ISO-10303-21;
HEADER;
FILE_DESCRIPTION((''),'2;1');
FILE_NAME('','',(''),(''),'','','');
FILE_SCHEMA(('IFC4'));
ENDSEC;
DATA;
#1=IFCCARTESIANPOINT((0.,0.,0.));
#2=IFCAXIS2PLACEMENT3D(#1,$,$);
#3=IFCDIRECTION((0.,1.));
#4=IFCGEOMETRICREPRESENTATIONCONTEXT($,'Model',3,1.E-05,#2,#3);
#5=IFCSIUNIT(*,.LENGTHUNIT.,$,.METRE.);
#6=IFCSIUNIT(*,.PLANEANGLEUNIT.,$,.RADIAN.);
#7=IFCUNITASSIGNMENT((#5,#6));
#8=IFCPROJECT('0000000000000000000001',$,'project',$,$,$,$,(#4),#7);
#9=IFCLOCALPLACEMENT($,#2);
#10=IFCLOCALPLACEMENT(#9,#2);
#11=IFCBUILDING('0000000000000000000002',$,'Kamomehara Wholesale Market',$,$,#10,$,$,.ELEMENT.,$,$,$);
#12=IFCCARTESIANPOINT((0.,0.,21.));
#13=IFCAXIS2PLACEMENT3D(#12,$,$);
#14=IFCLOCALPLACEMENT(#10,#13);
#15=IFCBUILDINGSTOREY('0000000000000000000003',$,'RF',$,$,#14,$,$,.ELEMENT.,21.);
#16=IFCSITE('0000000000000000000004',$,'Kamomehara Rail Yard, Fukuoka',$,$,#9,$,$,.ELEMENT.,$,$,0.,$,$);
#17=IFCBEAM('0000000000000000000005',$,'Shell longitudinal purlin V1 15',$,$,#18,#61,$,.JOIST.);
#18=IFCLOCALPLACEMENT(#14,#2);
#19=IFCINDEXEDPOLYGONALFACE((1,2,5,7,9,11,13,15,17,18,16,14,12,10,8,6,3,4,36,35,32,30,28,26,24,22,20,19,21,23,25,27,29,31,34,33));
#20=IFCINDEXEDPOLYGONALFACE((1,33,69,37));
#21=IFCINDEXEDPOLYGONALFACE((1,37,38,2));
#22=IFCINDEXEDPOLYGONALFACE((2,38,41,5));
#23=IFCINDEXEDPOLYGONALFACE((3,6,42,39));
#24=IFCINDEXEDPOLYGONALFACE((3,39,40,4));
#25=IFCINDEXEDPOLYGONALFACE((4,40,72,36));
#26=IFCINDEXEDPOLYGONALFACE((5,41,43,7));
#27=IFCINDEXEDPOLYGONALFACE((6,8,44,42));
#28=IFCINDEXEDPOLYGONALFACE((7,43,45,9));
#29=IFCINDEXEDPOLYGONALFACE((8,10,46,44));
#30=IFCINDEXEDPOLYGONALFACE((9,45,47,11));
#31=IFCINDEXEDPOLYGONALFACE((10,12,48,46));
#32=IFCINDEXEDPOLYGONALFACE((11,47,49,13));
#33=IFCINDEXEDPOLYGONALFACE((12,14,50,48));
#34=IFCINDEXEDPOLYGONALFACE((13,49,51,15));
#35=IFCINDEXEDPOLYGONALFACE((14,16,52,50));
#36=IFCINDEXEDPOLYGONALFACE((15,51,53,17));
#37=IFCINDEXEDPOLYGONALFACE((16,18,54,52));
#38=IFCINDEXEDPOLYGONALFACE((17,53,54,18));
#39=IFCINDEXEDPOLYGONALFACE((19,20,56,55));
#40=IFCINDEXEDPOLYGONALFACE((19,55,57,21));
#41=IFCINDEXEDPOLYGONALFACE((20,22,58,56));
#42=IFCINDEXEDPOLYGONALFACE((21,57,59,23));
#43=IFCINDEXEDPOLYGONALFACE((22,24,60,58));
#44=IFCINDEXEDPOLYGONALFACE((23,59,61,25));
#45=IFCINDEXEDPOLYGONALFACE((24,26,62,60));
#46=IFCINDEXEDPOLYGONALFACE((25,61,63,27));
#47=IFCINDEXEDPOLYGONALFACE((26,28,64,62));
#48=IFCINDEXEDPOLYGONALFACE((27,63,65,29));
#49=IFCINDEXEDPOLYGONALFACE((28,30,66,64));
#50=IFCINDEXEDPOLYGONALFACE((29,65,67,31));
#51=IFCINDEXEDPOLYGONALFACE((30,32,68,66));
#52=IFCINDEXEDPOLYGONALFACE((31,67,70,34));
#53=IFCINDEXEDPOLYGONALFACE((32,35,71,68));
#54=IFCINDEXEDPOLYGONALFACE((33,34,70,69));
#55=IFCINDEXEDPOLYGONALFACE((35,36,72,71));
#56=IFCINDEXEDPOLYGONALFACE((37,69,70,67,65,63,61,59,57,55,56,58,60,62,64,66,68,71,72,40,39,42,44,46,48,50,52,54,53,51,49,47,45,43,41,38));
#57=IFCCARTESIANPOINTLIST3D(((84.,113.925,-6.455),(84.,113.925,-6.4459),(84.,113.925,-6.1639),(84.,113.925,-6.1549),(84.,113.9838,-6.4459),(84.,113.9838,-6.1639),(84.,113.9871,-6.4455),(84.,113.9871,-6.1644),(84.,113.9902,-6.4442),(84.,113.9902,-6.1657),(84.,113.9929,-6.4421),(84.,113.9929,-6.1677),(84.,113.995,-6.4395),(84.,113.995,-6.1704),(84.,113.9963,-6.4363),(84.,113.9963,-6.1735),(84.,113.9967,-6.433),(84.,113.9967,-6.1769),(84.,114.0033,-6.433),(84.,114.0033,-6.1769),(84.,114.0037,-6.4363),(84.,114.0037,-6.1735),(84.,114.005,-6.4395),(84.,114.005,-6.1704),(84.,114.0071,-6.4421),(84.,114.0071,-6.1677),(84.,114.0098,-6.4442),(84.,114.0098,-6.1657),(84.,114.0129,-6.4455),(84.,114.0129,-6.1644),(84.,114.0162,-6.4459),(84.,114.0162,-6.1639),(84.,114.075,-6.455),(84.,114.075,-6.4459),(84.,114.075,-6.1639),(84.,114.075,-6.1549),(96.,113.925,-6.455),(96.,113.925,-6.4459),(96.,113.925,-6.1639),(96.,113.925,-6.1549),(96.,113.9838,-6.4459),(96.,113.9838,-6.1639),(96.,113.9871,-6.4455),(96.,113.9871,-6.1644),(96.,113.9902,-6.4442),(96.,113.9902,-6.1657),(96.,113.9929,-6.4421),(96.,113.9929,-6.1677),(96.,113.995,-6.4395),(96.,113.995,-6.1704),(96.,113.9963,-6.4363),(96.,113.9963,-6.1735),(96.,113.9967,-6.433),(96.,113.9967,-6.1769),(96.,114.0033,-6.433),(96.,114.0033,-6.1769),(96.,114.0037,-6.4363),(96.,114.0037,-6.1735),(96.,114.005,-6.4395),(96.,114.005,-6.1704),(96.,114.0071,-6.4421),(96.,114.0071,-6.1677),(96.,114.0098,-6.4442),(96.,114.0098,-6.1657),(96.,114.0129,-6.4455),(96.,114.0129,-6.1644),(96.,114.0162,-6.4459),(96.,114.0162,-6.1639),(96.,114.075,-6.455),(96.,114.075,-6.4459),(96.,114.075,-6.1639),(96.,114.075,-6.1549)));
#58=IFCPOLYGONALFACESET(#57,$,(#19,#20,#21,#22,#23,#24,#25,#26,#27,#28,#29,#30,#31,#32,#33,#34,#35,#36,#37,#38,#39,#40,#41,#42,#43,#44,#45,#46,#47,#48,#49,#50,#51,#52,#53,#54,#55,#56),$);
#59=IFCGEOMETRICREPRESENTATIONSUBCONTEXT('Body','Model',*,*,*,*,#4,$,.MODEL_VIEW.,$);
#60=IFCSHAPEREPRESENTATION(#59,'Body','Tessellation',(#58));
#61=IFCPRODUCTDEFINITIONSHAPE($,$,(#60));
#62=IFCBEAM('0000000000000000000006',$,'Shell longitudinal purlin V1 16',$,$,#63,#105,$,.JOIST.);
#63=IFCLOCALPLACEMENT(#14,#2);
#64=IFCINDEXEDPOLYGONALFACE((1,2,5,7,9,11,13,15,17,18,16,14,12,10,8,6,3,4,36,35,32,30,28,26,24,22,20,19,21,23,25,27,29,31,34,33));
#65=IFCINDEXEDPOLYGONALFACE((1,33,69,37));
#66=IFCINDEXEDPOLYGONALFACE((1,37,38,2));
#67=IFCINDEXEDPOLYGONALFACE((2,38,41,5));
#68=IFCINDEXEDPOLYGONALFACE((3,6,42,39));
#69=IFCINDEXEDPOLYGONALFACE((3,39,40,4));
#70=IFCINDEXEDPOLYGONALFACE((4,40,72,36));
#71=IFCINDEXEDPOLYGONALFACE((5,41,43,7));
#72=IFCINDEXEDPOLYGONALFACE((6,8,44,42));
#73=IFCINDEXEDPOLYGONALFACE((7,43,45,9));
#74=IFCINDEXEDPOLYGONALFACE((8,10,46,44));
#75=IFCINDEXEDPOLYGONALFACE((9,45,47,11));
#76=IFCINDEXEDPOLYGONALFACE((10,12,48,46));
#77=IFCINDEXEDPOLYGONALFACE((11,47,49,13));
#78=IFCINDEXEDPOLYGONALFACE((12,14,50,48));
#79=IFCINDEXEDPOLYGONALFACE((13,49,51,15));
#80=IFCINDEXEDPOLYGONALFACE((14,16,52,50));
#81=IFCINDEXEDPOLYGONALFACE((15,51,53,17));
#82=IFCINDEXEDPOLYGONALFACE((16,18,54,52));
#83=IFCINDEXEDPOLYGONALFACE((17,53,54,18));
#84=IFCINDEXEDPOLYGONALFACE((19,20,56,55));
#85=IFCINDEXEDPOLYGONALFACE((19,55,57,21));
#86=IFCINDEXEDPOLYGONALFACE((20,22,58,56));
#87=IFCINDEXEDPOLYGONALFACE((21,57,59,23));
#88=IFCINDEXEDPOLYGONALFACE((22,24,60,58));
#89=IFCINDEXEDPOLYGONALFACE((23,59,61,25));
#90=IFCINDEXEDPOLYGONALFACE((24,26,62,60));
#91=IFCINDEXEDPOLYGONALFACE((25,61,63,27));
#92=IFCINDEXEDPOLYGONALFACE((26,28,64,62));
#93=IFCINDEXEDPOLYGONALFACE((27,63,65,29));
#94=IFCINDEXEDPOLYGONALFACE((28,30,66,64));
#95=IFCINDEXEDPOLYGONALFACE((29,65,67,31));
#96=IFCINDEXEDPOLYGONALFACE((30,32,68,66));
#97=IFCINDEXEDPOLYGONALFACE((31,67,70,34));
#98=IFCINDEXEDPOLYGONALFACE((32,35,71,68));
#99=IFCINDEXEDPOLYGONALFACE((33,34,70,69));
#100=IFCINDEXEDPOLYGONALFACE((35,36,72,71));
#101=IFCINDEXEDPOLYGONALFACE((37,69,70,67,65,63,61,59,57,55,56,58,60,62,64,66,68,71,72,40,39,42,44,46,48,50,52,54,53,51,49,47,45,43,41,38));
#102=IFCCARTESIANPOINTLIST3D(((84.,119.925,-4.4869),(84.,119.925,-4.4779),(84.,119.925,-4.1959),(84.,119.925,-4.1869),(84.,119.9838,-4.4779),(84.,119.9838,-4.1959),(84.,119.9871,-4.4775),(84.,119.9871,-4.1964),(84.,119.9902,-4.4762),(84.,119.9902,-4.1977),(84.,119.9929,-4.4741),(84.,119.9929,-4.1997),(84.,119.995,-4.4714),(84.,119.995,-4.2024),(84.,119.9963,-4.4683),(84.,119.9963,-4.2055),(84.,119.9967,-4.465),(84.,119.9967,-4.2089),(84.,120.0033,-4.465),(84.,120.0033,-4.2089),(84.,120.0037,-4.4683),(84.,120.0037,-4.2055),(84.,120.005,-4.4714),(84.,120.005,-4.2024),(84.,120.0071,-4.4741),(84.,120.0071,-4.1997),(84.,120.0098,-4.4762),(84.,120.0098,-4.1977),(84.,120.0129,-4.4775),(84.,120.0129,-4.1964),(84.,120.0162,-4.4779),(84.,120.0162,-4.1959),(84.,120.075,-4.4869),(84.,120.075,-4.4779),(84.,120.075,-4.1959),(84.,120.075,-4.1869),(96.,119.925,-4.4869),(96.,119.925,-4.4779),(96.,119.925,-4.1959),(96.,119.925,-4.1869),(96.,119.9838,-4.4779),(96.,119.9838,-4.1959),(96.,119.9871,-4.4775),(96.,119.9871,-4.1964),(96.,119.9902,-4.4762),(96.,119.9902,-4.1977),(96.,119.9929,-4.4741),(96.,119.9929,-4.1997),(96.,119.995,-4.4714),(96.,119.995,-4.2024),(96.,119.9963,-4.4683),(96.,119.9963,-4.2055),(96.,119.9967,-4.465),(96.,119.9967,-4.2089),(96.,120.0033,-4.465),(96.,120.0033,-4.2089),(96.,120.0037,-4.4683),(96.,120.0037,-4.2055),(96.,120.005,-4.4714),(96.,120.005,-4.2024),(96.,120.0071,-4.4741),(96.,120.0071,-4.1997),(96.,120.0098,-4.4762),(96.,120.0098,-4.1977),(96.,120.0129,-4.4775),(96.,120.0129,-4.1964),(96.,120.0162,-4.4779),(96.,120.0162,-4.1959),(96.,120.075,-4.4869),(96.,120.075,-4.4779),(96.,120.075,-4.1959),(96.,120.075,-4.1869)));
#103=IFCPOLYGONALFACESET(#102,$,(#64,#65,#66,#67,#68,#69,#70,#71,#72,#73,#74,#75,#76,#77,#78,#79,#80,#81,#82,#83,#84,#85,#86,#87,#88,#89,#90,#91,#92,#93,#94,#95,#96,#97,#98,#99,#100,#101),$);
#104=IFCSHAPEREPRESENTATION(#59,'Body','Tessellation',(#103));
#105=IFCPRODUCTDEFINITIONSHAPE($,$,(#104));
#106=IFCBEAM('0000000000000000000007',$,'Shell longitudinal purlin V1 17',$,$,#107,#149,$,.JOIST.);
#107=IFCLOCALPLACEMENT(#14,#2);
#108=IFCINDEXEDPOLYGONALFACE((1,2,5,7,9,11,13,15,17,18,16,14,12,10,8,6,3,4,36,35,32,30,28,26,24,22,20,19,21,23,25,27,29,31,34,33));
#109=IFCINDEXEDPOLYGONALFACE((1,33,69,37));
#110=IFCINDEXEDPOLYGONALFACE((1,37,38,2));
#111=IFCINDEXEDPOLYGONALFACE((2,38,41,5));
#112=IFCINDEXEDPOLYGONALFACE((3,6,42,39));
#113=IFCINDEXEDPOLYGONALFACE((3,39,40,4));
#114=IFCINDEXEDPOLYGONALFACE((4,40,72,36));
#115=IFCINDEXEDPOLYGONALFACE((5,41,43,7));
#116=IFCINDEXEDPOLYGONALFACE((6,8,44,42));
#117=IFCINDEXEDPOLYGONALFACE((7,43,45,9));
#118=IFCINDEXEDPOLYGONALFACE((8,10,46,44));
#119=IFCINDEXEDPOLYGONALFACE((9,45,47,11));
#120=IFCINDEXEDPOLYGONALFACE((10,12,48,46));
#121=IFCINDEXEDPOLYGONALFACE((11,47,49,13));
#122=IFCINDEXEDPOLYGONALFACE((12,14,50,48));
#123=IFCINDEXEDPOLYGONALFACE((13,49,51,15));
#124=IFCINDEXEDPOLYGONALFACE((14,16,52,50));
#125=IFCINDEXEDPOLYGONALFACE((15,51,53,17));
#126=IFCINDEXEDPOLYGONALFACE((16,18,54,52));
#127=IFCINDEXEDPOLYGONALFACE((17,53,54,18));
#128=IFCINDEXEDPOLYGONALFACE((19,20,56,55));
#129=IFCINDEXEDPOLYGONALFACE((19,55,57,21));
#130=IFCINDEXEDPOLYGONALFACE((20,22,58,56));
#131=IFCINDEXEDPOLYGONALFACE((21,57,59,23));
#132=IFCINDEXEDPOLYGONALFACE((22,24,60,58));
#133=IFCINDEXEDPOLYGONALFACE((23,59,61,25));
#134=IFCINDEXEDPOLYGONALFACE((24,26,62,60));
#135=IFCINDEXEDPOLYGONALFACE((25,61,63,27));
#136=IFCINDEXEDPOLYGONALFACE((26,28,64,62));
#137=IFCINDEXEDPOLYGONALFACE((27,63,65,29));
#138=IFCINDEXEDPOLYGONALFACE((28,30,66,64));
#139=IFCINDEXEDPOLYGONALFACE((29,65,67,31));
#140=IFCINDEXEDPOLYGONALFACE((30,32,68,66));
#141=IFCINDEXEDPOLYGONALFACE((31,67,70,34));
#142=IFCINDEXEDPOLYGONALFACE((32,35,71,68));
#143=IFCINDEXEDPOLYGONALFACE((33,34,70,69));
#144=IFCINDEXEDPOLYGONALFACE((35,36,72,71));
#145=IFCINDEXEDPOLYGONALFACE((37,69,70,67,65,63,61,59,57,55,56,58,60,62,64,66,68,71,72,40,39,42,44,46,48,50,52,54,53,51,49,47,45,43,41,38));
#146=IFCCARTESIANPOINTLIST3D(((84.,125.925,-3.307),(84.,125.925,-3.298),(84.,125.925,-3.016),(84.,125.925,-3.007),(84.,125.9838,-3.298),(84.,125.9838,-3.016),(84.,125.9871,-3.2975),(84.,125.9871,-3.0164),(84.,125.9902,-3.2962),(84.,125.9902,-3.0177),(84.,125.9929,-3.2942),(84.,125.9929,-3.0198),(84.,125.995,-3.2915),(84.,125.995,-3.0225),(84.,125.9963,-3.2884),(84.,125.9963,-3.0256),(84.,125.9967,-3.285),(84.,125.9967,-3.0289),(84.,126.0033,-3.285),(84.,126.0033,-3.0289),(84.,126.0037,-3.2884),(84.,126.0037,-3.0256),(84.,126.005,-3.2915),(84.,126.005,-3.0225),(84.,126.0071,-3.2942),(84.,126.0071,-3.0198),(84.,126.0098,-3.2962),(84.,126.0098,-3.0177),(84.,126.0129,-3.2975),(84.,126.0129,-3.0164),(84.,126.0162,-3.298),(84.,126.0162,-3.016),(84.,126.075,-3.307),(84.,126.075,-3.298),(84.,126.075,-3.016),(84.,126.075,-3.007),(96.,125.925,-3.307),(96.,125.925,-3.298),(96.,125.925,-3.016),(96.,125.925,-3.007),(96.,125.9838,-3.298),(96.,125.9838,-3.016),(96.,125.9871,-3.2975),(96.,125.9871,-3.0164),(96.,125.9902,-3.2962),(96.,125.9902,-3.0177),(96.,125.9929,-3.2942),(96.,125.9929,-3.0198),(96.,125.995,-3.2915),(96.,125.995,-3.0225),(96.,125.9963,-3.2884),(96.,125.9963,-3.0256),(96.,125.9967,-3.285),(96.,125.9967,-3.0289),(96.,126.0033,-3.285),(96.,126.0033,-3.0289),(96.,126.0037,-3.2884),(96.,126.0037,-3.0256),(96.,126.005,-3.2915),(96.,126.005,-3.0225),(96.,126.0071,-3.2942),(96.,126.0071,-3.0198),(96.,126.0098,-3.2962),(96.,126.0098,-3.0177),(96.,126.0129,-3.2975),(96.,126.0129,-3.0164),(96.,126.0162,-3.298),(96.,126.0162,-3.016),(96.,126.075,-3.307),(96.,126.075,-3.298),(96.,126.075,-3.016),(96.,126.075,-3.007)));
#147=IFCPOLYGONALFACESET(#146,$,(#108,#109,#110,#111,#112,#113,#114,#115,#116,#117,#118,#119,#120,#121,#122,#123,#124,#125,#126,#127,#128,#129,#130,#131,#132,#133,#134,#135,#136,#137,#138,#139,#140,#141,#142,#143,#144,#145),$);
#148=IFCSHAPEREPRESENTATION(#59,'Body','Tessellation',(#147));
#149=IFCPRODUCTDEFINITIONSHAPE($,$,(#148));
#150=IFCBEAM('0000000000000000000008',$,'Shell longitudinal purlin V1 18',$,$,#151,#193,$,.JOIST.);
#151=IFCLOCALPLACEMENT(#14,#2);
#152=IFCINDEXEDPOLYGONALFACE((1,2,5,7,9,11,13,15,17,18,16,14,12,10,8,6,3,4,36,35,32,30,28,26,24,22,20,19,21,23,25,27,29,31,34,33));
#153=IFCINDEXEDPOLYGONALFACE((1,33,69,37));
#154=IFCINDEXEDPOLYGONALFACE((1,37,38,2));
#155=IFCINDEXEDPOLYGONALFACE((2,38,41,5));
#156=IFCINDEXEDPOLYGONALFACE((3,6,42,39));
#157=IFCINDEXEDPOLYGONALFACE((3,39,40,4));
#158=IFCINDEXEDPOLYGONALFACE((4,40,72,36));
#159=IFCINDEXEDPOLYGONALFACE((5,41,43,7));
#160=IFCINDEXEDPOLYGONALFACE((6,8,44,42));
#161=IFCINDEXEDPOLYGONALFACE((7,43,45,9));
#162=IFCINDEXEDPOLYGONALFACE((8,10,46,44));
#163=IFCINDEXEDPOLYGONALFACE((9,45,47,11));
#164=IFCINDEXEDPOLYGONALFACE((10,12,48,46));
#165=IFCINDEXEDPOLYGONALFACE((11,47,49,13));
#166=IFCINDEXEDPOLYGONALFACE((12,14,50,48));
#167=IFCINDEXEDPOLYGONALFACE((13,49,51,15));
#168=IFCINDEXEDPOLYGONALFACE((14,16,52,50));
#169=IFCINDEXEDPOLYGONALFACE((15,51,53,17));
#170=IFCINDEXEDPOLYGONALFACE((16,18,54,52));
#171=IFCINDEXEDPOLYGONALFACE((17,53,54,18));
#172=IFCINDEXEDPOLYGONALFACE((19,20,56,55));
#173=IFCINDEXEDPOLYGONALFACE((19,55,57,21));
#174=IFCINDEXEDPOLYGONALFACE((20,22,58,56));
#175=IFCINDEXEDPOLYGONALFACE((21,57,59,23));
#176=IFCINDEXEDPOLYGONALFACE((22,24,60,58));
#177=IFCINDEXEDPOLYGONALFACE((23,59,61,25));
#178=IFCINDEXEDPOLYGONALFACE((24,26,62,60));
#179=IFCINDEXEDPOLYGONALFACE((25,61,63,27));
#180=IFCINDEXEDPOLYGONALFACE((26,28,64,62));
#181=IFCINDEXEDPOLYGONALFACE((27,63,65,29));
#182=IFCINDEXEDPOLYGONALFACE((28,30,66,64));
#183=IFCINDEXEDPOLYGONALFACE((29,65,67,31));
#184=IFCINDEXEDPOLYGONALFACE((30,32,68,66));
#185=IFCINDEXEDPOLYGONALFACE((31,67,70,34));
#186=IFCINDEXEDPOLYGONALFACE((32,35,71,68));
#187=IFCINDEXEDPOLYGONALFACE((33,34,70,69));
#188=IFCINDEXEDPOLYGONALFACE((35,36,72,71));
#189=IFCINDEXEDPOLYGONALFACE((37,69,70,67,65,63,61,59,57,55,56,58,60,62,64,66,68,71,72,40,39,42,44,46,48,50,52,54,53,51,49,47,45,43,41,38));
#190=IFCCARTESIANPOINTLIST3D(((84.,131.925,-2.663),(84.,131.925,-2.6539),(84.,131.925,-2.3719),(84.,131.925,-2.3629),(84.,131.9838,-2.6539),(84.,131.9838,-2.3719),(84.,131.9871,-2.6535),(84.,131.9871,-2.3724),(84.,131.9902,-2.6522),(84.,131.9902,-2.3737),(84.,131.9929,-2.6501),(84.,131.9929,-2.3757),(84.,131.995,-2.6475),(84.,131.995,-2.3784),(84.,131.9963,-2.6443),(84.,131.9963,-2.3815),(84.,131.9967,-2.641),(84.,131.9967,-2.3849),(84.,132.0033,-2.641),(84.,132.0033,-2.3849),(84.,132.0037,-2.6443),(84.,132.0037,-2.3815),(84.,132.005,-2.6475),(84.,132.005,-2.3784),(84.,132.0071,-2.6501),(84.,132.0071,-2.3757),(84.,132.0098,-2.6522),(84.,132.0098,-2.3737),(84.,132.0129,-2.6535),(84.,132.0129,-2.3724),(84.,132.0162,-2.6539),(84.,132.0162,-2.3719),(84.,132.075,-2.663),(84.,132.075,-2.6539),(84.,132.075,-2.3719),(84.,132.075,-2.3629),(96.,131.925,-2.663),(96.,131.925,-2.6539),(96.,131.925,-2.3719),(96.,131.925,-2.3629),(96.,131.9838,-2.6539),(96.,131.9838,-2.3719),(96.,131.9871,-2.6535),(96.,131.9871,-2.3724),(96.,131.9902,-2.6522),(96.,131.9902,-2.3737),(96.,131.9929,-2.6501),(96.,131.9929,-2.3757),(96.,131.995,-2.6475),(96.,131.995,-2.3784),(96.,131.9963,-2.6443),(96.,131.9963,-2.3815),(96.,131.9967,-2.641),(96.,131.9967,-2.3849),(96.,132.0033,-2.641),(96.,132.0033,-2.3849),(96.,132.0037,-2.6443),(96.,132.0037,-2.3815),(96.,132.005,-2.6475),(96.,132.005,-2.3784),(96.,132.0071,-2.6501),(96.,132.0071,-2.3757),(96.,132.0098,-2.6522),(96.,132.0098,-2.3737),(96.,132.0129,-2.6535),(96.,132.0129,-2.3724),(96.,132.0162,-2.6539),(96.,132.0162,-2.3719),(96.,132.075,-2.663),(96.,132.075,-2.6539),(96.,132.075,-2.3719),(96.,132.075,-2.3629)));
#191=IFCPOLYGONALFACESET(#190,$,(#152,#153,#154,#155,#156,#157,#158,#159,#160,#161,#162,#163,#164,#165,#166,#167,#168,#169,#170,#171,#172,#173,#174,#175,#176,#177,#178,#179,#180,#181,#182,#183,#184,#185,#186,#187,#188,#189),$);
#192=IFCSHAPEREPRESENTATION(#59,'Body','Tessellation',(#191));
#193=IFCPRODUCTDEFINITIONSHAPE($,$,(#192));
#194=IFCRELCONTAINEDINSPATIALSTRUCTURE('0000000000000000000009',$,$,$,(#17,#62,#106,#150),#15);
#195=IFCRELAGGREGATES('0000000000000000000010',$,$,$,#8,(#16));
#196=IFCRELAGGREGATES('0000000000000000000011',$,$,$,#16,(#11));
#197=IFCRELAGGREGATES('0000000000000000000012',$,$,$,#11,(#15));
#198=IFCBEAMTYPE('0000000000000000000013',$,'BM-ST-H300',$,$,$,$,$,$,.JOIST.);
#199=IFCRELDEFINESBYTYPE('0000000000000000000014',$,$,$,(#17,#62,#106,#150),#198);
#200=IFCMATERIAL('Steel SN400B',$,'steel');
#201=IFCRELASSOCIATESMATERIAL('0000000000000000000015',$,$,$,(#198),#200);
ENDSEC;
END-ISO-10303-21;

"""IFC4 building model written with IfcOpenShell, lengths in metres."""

from ifc_helpers import new_model, si_unit, direction, frame, origin, origin_2d, place, context, subcontext, project, spatial, i_section, extrude, material, material_profile, profile_set, type_object, element, save


model = new_model("IFC4")

# Units and contexts
model_context = context("Model", 3, precision=1e-05, world=origin(), true_north=direction((0.0, 1.0)))
body_context = subcontext(model_context, "Body", "Model", "MODEL_VIEW")
ifc_project = project(units=[si_unit("LENGTHUNIT", "METRE"), si_unit("PLANEANGLEUNIT", "RADIAN")], contexts=[model_context])

# Site, building, storey
site_placement = place(None, origin())
site = spatial("IfcSite", under=ifc_project, at=site_placement, Name="Kamomehara Rail Yard, Fukuoka", CompositionType="ELEMENT", RefElevation=0.0)
building_placement = place(site_placement, origin())
building = spatial("IfcBuilding", under=site, at=building_placement, Name="Kamomehara Wholesale Market", CompositionType="ELEMENT")
storey_placement = place(building_placement, frame((0.0, 0.0, 21.0)))
storey = spatial("IfcBuildingStorey", under=building, at=storey_placement, Name="RF", CompositionType="ELEMENT", Elevation=21.0)

# Beams
ifc_material_1 = material(Name="Steel SN400B", Category="steel")
ifc_material_profile_1 = material_profile(ifc_material_1, i_section(OverallWidth=0.1499, OverallDepth=0.3, WebThickness=0.0066, FlangeThickness=0.009, FilletRadius=0.0129, at=origin_2d()), Name="H-300x150x6.5x9")
ifc_profile_set_1 = profile_set([ifc_material_profile_1], Name="Steel SN400B")
beam_type_1 = type_object("IfcBeamType", Name="BM-ST-H300", PredefinedType="JOIST", material=ifc_profile_set_1)
for number, where, z_axis, x_axis, name in (
    (1, (84.0, 114.0, -6.3049), (1.0, 0.0, 0.0), (0.0, 1.0, 0.0), "Shell longitudinal purlin V1 15"),
    (2, (84.0, 120.0, -4.3369), (1.0, 0.0, 0.0), (0.0, 1.0, 0.0), "Shell longitudinal purlin V1 16"),
    (3, (84.0, 126.0, -3.157), (1.0, 0.0, 0.0), (0.0, 1.0, 0.0), "Shell longitudinal purlin V1 17"),
    (4, (84.0, 132.0, -2.5129), (1.0, 0.0, 0.0), (0.0, 1.0, 0.0), "Shell longitudinal purlin V1 18"),
):
    element("IfcBeam", number, at=place(storey_placement, frame(where, z_axis=z_axis, x_axis=x_axis)), inside=storey, type_object=beam_type_1, Name=name, PredefinedType="JOIST", context=body_context, shape_type="SweptSolid", body=[
        extrude(i_section(OverallWidth=0.1499, OverallDepth=0.3, WebThickness=0.0066, FlangeThickness=0.009, FilletRadius=0.0129, at=origin_2d()), origin(), (0.0, 0.0, 1.0), 12.0),
    ])

save(model, "model.ifc")
